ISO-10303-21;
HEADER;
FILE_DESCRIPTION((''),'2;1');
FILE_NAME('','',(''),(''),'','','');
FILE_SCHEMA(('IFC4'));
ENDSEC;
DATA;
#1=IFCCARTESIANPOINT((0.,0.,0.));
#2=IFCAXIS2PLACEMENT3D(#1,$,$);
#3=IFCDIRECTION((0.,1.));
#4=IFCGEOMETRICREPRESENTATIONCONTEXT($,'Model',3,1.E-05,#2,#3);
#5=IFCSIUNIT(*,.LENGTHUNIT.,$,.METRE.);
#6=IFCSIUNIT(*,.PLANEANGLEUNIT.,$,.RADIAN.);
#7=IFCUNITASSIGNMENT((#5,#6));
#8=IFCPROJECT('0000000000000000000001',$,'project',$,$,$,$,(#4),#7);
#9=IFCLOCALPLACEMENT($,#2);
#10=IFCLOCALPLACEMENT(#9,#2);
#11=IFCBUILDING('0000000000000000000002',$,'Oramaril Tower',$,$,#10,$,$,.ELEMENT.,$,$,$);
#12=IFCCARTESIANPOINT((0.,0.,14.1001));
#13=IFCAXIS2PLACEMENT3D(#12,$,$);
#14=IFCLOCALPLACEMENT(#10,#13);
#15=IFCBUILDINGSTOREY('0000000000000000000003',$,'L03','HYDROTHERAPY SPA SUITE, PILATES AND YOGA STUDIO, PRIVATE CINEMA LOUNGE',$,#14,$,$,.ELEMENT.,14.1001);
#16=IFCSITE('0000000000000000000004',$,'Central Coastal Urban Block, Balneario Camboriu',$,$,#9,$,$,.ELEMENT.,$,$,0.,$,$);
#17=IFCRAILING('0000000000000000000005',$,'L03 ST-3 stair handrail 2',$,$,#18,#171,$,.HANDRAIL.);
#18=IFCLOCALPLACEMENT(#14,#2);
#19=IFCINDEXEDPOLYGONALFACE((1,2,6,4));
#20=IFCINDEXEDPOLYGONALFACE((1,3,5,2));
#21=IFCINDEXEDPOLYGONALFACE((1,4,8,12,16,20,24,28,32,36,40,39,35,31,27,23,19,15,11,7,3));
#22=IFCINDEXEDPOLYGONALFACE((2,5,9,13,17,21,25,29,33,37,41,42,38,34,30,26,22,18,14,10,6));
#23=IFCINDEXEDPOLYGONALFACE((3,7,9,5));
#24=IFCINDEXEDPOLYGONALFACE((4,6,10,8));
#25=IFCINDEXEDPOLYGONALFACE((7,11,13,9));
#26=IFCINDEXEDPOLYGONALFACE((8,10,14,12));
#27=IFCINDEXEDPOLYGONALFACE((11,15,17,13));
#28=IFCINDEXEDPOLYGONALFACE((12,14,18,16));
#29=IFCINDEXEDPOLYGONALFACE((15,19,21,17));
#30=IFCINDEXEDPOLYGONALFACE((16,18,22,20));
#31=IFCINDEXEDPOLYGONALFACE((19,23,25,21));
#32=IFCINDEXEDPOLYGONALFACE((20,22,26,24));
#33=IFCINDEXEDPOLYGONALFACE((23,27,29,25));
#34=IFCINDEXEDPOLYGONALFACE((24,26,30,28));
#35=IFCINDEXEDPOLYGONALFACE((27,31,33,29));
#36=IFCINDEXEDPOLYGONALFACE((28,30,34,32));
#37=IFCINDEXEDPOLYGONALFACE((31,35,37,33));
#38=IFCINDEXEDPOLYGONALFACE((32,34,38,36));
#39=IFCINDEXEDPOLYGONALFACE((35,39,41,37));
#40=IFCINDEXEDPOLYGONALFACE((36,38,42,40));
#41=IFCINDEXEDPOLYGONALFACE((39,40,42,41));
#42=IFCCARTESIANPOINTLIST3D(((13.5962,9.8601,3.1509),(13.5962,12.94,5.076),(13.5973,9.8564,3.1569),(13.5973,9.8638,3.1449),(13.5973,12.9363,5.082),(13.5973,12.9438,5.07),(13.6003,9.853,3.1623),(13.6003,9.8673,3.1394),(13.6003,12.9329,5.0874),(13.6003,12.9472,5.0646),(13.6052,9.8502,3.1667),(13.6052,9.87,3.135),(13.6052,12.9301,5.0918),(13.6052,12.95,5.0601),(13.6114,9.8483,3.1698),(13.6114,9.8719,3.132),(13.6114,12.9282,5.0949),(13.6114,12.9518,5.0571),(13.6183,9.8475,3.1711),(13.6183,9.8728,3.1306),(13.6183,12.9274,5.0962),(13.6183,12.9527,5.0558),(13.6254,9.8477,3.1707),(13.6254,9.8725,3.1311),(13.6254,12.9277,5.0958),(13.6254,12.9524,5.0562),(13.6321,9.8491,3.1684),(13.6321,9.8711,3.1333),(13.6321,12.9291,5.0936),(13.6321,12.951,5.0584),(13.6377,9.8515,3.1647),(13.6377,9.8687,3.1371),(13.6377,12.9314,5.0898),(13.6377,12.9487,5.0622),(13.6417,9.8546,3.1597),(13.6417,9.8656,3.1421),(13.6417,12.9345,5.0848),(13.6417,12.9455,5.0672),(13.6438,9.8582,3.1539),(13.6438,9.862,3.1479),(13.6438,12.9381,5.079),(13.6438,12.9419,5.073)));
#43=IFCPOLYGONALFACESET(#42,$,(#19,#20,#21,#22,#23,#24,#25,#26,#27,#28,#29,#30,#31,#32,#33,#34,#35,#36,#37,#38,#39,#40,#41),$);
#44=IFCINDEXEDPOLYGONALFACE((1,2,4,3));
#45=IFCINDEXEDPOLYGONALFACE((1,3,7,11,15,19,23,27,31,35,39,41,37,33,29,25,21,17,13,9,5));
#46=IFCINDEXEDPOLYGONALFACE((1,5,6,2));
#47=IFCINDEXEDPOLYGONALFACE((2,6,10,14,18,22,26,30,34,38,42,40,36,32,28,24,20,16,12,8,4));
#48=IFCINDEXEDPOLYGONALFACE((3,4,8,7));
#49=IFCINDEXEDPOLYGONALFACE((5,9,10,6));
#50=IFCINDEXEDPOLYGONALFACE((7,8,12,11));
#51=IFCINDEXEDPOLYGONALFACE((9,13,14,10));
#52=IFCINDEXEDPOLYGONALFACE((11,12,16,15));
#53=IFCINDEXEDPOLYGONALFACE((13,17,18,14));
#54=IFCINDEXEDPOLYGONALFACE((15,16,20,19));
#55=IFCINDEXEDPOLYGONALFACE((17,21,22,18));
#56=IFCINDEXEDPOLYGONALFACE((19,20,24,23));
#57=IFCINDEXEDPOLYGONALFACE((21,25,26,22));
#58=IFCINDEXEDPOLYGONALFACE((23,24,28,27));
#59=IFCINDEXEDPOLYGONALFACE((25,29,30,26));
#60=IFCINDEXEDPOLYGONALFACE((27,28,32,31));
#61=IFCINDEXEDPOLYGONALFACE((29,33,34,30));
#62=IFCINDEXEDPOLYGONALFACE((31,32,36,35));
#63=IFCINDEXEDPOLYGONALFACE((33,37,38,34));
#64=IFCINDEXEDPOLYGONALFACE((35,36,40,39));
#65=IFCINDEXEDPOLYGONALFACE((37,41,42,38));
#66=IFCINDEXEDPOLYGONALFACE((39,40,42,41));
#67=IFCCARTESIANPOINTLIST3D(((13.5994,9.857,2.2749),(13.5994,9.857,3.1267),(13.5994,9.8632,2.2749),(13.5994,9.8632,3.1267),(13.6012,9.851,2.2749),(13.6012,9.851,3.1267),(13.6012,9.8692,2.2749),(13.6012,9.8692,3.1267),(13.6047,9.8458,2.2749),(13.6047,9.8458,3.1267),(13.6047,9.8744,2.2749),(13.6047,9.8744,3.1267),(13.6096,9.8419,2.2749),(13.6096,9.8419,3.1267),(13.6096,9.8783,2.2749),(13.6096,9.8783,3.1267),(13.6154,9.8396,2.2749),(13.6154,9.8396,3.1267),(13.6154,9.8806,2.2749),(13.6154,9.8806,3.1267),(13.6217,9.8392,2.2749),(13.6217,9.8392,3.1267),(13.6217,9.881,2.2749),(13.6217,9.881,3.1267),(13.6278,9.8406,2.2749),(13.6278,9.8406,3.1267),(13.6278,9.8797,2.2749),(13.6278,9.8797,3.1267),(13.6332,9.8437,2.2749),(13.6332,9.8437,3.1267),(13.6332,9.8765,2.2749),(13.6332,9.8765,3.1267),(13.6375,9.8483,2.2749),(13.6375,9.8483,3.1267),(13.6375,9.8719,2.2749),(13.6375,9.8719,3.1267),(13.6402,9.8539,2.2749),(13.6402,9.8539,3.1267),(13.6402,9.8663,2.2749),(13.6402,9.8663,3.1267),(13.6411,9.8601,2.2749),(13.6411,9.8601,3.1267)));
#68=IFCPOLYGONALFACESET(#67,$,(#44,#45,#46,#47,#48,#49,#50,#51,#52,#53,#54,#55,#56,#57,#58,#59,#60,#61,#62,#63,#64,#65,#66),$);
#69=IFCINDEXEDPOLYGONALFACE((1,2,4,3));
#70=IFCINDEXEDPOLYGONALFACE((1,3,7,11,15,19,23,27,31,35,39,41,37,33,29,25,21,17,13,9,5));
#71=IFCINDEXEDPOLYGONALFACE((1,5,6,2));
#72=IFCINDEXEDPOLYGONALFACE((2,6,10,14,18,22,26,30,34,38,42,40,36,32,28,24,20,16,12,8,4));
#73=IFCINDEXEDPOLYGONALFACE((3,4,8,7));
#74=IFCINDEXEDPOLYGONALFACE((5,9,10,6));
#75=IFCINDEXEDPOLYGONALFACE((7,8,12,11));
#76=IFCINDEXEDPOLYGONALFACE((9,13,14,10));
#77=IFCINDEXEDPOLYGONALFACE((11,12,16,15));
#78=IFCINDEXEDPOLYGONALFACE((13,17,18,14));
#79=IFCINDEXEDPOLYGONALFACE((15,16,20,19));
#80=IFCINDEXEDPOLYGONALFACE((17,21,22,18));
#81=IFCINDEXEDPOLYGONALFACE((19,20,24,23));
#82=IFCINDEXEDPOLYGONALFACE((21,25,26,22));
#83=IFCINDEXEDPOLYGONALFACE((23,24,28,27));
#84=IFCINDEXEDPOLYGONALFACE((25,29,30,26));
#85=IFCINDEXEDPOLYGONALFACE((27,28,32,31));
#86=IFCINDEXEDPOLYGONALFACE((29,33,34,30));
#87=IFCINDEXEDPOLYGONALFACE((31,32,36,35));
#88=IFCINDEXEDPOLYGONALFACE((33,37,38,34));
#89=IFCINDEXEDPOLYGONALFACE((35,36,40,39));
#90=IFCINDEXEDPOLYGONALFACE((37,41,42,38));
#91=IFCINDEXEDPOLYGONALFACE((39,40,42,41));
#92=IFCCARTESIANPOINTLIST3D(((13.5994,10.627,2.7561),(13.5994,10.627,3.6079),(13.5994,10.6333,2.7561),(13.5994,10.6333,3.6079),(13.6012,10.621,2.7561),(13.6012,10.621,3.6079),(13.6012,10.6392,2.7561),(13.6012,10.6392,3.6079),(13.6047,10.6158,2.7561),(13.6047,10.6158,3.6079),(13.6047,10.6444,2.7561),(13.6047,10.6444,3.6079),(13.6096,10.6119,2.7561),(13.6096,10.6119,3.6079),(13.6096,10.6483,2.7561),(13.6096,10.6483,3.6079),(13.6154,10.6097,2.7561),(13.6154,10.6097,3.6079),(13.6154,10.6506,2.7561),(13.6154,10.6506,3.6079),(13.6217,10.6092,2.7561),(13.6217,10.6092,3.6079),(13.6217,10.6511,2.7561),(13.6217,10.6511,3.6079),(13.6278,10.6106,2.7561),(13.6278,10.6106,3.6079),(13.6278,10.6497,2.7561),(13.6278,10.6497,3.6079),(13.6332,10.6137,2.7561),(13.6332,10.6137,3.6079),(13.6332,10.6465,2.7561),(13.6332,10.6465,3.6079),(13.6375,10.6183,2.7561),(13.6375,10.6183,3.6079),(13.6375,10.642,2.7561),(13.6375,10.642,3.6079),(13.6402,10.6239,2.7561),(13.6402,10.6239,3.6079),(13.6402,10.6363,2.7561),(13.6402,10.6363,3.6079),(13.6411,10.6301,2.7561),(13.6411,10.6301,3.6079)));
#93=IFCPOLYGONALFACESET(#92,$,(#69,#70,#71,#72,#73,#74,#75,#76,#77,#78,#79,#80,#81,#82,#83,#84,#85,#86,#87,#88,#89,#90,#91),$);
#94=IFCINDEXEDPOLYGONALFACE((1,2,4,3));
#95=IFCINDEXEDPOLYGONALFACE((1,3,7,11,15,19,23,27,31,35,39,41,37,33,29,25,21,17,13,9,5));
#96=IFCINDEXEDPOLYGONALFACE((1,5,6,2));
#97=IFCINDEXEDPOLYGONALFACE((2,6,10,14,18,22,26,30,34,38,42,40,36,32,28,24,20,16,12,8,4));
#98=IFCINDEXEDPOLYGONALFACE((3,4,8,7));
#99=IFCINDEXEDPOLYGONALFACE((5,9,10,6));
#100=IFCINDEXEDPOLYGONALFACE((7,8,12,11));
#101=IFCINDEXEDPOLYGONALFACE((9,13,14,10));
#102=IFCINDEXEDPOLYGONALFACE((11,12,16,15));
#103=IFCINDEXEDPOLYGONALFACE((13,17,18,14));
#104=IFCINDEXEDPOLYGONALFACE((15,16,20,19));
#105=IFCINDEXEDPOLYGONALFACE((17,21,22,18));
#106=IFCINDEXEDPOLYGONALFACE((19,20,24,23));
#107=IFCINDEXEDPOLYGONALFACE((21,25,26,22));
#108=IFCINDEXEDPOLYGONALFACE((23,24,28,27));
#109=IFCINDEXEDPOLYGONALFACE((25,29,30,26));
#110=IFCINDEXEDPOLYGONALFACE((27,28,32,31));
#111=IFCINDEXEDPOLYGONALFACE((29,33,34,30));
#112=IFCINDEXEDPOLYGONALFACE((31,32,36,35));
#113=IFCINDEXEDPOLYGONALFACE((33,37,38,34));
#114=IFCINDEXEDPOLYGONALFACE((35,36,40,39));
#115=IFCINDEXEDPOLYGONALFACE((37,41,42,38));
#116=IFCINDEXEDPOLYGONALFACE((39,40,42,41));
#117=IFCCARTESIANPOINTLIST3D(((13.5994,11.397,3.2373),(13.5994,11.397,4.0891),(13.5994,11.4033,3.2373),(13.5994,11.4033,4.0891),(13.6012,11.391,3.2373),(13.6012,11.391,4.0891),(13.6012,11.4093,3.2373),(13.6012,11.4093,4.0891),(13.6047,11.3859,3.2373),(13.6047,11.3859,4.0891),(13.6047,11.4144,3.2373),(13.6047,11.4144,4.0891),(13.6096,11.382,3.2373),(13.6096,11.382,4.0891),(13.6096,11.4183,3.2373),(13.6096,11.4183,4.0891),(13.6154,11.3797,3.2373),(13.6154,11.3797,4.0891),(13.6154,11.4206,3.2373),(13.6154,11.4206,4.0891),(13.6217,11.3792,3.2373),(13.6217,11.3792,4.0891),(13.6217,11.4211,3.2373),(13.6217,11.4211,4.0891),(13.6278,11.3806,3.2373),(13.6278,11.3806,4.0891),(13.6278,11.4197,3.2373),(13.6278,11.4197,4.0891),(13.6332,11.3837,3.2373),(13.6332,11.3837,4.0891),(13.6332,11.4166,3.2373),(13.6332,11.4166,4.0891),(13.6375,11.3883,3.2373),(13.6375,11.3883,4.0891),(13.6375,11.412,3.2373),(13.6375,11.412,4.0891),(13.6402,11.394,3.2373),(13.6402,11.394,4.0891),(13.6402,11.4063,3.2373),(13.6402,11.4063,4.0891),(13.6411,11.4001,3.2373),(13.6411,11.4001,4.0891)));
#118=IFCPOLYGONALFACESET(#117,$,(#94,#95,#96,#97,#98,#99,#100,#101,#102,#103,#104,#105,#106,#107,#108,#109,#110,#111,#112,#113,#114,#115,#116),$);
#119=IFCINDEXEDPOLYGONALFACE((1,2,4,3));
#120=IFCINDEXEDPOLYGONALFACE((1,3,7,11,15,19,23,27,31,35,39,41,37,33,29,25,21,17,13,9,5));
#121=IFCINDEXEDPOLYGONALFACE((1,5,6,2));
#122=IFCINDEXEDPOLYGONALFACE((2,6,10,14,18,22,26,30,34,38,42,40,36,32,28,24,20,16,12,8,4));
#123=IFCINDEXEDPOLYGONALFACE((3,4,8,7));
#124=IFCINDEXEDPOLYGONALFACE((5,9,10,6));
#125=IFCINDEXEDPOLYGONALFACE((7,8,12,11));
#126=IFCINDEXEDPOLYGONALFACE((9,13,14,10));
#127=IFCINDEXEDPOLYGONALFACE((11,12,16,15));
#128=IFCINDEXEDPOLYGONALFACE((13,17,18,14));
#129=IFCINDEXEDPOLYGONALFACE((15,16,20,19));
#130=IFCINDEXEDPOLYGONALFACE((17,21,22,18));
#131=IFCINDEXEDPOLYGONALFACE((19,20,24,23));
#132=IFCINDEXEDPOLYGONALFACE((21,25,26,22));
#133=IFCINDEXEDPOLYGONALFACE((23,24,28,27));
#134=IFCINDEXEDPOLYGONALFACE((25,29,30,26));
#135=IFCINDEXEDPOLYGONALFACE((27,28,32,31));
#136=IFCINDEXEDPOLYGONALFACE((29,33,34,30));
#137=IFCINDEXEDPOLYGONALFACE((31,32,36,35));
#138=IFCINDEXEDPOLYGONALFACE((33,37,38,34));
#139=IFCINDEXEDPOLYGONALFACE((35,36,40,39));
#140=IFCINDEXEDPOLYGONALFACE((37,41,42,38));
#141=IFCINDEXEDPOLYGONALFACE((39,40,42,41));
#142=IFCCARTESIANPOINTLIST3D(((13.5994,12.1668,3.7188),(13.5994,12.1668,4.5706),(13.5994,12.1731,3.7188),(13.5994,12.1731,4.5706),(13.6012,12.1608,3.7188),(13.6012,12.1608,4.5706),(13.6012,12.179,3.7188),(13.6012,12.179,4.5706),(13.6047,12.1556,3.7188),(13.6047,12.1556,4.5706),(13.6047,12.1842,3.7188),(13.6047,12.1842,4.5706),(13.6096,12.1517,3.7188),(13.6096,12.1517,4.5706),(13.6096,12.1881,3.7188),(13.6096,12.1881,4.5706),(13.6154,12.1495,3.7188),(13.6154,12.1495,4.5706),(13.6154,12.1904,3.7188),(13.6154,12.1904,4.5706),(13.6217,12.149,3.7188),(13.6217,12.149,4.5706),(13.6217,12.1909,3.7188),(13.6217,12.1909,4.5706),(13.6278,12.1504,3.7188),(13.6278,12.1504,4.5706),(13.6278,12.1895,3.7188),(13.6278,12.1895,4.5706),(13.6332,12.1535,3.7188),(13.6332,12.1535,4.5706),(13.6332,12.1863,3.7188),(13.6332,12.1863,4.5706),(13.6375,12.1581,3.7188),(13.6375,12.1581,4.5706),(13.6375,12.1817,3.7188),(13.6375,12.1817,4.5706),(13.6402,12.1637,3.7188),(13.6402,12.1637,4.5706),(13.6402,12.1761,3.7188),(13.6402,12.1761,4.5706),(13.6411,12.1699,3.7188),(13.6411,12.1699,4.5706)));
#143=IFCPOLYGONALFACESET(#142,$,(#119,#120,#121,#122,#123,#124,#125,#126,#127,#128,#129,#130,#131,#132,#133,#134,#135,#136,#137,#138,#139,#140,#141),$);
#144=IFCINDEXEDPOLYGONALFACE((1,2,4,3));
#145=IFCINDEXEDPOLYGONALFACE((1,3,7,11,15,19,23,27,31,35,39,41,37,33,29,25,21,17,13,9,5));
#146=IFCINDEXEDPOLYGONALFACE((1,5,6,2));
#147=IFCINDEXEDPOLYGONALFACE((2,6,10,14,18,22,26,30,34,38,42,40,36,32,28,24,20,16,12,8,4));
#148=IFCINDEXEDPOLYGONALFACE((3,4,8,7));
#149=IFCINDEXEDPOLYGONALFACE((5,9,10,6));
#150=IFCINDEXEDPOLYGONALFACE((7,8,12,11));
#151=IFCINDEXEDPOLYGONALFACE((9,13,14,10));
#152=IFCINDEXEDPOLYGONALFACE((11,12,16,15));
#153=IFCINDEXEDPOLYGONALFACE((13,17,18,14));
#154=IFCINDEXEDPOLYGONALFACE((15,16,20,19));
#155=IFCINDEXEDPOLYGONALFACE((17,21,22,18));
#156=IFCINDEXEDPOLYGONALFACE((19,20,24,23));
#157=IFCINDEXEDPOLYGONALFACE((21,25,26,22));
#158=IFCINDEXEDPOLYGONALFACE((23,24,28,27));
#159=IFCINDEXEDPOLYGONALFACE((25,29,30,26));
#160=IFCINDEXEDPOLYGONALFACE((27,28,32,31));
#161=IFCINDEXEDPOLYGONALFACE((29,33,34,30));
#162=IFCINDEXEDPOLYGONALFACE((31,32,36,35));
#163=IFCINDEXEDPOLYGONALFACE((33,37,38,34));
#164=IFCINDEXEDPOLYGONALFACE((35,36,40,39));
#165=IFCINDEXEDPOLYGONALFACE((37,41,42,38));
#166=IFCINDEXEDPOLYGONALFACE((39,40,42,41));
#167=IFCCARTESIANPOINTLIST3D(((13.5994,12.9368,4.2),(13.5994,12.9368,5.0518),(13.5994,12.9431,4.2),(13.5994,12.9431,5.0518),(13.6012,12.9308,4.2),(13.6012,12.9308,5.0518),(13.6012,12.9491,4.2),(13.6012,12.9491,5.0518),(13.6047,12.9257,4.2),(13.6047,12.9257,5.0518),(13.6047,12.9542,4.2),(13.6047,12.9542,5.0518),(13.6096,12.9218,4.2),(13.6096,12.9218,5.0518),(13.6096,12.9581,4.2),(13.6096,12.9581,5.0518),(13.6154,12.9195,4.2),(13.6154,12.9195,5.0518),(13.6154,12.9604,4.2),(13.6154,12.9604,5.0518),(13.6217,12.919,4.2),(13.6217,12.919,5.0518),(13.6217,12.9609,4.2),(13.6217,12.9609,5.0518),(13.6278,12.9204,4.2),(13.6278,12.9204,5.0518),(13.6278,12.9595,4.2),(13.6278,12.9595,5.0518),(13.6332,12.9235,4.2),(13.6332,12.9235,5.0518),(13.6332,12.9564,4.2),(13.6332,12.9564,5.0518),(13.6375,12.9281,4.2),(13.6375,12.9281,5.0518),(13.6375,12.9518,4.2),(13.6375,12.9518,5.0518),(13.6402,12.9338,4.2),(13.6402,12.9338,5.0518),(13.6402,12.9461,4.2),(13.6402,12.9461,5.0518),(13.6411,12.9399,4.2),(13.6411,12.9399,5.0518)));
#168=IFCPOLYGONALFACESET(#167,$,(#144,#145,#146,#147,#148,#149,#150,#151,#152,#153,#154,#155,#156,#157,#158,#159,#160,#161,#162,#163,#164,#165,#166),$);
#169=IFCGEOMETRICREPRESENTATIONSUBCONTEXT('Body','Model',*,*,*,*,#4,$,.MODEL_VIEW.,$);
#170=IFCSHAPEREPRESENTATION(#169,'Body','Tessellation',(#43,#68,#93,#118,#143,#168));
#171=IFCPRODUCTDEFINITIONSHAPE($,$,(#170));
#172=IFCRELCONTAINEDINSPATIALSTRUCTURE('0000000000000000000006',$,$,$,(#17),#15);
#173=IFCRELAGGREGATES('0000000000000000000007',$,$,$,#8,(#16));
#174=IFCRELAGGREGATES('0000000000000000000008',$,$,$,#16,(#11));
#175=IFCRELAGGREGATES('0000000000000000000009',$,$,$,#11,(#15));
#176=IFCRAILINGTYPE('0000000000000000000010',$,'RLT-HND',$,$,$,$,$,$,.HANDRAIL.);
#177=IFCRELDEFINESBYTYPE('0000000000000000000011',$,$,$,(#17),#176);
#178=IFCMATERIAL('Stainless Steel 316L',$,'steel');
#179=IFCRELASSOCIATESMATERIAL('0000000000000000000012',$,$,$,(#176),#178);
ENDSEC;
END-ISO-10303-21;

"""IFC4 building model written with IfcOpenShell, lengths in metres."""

from ifc_helpers import new_model, si_unit, direction, frame, origin, origin_2d, place, context, subcontext, project, spatial, circle, extrude, material, type_object, element, save


model = new_model("IFC4")

# Units and contexts
model_context = context("Model", 3, precision=1e-05, world=origin(), true_north=direction((0.0, 1.0)))
body_context = subcontext(model_context, "Body", "Model", "MODEL_VIEW")
ifc_project = project(units=[si_unit("LENGTHUNIT", "METRE"), si_unit("PLANEANGLEUNIT", "RADIAN")], contexts=[model_context])

# Site, building, storey
site_placement = place(None, origin())
site = spatial("IfcSite", under=ifc_project, at=site_placement, Name="Central Coastal Urban Block, Balneario Camboriu", CompositionType="ELEMENT", RefElevation=0.0)
building_placement = place(site_placement, origin())
building = spatial("IfcBuilding", under=site, at=building_placement, Name="Oramaril Tower", CompositionType="ELEMENT")
storey_placement = place(building_placement, frame((0.0, 0.0, 14.1001)))
storey = spatial("IfcBuildingStorey", under=building, at=storey_placement, Name="L03", Description="HYDROTHERAPY SPA SUITE, PILATES AND YOGA STUDIO, PRIVATE CINEMA LOUNGE", CompositionType="ELEMENT", Elevation=14.1001)

# Railing
ifc_material_1 = material(Name="Stainless Steel 316L", Category="steel")
railing_type_1 = type_object("IfcRailingType", Name="RLT-HND", PredefinedType="HANDRAIL", material=ifc_material_1)
railing_1_placement = place(storey_placement, frame((13.6201, 9.8601, 2.2749)))
element("IfcRailing", 1, at=railing_1_placement, inside=storey, type_object=railing_type_1, Name="L03 ST-3 stair handrail 2", PredefinedType="HANDRAIL", context=body_context, shape_type="SweptSolid", body=[
    extrude(circle(Radius=0.0239, at=origin_2d()), frame((0.0, 0.0, 0.876), z_axis=(0.0, 0.847979, 0.530029), x_axis=(-1.0, 0.0, 0.0)), (0.0, 0.0, 1.0), 3.6321),
    extrude(circle(Radius=0.021, at=origin_2d()), origin(), (0.0, 0.0, 1.0), 0.8518),
    extrude(circle(Radius=0.021, at=origin_2d()), frame((0.0, 0.77, 0.4812)), (0.0, 0.0, 1.0), 0.8518),
    extrude(circle(Radius=0.021, at=origin_2d()), frame((0.0, 1.54, 0.9624)), (0.0, 0.0, 1.0), 0.8518),
    extrude(circle(Radius=0.021, at=origin_2d()), frame((0.0, 2.3098, 1.4438)), (0.0, 0.0, 1.0), 0.8518),
    extrude(circle(Radius=0.021, at=origin_2d()), frame((0.0, 3.0798, 1.925)), (0.0, 0.0, 1.0), 0.8518),
])

save(model, "model.ifc")
